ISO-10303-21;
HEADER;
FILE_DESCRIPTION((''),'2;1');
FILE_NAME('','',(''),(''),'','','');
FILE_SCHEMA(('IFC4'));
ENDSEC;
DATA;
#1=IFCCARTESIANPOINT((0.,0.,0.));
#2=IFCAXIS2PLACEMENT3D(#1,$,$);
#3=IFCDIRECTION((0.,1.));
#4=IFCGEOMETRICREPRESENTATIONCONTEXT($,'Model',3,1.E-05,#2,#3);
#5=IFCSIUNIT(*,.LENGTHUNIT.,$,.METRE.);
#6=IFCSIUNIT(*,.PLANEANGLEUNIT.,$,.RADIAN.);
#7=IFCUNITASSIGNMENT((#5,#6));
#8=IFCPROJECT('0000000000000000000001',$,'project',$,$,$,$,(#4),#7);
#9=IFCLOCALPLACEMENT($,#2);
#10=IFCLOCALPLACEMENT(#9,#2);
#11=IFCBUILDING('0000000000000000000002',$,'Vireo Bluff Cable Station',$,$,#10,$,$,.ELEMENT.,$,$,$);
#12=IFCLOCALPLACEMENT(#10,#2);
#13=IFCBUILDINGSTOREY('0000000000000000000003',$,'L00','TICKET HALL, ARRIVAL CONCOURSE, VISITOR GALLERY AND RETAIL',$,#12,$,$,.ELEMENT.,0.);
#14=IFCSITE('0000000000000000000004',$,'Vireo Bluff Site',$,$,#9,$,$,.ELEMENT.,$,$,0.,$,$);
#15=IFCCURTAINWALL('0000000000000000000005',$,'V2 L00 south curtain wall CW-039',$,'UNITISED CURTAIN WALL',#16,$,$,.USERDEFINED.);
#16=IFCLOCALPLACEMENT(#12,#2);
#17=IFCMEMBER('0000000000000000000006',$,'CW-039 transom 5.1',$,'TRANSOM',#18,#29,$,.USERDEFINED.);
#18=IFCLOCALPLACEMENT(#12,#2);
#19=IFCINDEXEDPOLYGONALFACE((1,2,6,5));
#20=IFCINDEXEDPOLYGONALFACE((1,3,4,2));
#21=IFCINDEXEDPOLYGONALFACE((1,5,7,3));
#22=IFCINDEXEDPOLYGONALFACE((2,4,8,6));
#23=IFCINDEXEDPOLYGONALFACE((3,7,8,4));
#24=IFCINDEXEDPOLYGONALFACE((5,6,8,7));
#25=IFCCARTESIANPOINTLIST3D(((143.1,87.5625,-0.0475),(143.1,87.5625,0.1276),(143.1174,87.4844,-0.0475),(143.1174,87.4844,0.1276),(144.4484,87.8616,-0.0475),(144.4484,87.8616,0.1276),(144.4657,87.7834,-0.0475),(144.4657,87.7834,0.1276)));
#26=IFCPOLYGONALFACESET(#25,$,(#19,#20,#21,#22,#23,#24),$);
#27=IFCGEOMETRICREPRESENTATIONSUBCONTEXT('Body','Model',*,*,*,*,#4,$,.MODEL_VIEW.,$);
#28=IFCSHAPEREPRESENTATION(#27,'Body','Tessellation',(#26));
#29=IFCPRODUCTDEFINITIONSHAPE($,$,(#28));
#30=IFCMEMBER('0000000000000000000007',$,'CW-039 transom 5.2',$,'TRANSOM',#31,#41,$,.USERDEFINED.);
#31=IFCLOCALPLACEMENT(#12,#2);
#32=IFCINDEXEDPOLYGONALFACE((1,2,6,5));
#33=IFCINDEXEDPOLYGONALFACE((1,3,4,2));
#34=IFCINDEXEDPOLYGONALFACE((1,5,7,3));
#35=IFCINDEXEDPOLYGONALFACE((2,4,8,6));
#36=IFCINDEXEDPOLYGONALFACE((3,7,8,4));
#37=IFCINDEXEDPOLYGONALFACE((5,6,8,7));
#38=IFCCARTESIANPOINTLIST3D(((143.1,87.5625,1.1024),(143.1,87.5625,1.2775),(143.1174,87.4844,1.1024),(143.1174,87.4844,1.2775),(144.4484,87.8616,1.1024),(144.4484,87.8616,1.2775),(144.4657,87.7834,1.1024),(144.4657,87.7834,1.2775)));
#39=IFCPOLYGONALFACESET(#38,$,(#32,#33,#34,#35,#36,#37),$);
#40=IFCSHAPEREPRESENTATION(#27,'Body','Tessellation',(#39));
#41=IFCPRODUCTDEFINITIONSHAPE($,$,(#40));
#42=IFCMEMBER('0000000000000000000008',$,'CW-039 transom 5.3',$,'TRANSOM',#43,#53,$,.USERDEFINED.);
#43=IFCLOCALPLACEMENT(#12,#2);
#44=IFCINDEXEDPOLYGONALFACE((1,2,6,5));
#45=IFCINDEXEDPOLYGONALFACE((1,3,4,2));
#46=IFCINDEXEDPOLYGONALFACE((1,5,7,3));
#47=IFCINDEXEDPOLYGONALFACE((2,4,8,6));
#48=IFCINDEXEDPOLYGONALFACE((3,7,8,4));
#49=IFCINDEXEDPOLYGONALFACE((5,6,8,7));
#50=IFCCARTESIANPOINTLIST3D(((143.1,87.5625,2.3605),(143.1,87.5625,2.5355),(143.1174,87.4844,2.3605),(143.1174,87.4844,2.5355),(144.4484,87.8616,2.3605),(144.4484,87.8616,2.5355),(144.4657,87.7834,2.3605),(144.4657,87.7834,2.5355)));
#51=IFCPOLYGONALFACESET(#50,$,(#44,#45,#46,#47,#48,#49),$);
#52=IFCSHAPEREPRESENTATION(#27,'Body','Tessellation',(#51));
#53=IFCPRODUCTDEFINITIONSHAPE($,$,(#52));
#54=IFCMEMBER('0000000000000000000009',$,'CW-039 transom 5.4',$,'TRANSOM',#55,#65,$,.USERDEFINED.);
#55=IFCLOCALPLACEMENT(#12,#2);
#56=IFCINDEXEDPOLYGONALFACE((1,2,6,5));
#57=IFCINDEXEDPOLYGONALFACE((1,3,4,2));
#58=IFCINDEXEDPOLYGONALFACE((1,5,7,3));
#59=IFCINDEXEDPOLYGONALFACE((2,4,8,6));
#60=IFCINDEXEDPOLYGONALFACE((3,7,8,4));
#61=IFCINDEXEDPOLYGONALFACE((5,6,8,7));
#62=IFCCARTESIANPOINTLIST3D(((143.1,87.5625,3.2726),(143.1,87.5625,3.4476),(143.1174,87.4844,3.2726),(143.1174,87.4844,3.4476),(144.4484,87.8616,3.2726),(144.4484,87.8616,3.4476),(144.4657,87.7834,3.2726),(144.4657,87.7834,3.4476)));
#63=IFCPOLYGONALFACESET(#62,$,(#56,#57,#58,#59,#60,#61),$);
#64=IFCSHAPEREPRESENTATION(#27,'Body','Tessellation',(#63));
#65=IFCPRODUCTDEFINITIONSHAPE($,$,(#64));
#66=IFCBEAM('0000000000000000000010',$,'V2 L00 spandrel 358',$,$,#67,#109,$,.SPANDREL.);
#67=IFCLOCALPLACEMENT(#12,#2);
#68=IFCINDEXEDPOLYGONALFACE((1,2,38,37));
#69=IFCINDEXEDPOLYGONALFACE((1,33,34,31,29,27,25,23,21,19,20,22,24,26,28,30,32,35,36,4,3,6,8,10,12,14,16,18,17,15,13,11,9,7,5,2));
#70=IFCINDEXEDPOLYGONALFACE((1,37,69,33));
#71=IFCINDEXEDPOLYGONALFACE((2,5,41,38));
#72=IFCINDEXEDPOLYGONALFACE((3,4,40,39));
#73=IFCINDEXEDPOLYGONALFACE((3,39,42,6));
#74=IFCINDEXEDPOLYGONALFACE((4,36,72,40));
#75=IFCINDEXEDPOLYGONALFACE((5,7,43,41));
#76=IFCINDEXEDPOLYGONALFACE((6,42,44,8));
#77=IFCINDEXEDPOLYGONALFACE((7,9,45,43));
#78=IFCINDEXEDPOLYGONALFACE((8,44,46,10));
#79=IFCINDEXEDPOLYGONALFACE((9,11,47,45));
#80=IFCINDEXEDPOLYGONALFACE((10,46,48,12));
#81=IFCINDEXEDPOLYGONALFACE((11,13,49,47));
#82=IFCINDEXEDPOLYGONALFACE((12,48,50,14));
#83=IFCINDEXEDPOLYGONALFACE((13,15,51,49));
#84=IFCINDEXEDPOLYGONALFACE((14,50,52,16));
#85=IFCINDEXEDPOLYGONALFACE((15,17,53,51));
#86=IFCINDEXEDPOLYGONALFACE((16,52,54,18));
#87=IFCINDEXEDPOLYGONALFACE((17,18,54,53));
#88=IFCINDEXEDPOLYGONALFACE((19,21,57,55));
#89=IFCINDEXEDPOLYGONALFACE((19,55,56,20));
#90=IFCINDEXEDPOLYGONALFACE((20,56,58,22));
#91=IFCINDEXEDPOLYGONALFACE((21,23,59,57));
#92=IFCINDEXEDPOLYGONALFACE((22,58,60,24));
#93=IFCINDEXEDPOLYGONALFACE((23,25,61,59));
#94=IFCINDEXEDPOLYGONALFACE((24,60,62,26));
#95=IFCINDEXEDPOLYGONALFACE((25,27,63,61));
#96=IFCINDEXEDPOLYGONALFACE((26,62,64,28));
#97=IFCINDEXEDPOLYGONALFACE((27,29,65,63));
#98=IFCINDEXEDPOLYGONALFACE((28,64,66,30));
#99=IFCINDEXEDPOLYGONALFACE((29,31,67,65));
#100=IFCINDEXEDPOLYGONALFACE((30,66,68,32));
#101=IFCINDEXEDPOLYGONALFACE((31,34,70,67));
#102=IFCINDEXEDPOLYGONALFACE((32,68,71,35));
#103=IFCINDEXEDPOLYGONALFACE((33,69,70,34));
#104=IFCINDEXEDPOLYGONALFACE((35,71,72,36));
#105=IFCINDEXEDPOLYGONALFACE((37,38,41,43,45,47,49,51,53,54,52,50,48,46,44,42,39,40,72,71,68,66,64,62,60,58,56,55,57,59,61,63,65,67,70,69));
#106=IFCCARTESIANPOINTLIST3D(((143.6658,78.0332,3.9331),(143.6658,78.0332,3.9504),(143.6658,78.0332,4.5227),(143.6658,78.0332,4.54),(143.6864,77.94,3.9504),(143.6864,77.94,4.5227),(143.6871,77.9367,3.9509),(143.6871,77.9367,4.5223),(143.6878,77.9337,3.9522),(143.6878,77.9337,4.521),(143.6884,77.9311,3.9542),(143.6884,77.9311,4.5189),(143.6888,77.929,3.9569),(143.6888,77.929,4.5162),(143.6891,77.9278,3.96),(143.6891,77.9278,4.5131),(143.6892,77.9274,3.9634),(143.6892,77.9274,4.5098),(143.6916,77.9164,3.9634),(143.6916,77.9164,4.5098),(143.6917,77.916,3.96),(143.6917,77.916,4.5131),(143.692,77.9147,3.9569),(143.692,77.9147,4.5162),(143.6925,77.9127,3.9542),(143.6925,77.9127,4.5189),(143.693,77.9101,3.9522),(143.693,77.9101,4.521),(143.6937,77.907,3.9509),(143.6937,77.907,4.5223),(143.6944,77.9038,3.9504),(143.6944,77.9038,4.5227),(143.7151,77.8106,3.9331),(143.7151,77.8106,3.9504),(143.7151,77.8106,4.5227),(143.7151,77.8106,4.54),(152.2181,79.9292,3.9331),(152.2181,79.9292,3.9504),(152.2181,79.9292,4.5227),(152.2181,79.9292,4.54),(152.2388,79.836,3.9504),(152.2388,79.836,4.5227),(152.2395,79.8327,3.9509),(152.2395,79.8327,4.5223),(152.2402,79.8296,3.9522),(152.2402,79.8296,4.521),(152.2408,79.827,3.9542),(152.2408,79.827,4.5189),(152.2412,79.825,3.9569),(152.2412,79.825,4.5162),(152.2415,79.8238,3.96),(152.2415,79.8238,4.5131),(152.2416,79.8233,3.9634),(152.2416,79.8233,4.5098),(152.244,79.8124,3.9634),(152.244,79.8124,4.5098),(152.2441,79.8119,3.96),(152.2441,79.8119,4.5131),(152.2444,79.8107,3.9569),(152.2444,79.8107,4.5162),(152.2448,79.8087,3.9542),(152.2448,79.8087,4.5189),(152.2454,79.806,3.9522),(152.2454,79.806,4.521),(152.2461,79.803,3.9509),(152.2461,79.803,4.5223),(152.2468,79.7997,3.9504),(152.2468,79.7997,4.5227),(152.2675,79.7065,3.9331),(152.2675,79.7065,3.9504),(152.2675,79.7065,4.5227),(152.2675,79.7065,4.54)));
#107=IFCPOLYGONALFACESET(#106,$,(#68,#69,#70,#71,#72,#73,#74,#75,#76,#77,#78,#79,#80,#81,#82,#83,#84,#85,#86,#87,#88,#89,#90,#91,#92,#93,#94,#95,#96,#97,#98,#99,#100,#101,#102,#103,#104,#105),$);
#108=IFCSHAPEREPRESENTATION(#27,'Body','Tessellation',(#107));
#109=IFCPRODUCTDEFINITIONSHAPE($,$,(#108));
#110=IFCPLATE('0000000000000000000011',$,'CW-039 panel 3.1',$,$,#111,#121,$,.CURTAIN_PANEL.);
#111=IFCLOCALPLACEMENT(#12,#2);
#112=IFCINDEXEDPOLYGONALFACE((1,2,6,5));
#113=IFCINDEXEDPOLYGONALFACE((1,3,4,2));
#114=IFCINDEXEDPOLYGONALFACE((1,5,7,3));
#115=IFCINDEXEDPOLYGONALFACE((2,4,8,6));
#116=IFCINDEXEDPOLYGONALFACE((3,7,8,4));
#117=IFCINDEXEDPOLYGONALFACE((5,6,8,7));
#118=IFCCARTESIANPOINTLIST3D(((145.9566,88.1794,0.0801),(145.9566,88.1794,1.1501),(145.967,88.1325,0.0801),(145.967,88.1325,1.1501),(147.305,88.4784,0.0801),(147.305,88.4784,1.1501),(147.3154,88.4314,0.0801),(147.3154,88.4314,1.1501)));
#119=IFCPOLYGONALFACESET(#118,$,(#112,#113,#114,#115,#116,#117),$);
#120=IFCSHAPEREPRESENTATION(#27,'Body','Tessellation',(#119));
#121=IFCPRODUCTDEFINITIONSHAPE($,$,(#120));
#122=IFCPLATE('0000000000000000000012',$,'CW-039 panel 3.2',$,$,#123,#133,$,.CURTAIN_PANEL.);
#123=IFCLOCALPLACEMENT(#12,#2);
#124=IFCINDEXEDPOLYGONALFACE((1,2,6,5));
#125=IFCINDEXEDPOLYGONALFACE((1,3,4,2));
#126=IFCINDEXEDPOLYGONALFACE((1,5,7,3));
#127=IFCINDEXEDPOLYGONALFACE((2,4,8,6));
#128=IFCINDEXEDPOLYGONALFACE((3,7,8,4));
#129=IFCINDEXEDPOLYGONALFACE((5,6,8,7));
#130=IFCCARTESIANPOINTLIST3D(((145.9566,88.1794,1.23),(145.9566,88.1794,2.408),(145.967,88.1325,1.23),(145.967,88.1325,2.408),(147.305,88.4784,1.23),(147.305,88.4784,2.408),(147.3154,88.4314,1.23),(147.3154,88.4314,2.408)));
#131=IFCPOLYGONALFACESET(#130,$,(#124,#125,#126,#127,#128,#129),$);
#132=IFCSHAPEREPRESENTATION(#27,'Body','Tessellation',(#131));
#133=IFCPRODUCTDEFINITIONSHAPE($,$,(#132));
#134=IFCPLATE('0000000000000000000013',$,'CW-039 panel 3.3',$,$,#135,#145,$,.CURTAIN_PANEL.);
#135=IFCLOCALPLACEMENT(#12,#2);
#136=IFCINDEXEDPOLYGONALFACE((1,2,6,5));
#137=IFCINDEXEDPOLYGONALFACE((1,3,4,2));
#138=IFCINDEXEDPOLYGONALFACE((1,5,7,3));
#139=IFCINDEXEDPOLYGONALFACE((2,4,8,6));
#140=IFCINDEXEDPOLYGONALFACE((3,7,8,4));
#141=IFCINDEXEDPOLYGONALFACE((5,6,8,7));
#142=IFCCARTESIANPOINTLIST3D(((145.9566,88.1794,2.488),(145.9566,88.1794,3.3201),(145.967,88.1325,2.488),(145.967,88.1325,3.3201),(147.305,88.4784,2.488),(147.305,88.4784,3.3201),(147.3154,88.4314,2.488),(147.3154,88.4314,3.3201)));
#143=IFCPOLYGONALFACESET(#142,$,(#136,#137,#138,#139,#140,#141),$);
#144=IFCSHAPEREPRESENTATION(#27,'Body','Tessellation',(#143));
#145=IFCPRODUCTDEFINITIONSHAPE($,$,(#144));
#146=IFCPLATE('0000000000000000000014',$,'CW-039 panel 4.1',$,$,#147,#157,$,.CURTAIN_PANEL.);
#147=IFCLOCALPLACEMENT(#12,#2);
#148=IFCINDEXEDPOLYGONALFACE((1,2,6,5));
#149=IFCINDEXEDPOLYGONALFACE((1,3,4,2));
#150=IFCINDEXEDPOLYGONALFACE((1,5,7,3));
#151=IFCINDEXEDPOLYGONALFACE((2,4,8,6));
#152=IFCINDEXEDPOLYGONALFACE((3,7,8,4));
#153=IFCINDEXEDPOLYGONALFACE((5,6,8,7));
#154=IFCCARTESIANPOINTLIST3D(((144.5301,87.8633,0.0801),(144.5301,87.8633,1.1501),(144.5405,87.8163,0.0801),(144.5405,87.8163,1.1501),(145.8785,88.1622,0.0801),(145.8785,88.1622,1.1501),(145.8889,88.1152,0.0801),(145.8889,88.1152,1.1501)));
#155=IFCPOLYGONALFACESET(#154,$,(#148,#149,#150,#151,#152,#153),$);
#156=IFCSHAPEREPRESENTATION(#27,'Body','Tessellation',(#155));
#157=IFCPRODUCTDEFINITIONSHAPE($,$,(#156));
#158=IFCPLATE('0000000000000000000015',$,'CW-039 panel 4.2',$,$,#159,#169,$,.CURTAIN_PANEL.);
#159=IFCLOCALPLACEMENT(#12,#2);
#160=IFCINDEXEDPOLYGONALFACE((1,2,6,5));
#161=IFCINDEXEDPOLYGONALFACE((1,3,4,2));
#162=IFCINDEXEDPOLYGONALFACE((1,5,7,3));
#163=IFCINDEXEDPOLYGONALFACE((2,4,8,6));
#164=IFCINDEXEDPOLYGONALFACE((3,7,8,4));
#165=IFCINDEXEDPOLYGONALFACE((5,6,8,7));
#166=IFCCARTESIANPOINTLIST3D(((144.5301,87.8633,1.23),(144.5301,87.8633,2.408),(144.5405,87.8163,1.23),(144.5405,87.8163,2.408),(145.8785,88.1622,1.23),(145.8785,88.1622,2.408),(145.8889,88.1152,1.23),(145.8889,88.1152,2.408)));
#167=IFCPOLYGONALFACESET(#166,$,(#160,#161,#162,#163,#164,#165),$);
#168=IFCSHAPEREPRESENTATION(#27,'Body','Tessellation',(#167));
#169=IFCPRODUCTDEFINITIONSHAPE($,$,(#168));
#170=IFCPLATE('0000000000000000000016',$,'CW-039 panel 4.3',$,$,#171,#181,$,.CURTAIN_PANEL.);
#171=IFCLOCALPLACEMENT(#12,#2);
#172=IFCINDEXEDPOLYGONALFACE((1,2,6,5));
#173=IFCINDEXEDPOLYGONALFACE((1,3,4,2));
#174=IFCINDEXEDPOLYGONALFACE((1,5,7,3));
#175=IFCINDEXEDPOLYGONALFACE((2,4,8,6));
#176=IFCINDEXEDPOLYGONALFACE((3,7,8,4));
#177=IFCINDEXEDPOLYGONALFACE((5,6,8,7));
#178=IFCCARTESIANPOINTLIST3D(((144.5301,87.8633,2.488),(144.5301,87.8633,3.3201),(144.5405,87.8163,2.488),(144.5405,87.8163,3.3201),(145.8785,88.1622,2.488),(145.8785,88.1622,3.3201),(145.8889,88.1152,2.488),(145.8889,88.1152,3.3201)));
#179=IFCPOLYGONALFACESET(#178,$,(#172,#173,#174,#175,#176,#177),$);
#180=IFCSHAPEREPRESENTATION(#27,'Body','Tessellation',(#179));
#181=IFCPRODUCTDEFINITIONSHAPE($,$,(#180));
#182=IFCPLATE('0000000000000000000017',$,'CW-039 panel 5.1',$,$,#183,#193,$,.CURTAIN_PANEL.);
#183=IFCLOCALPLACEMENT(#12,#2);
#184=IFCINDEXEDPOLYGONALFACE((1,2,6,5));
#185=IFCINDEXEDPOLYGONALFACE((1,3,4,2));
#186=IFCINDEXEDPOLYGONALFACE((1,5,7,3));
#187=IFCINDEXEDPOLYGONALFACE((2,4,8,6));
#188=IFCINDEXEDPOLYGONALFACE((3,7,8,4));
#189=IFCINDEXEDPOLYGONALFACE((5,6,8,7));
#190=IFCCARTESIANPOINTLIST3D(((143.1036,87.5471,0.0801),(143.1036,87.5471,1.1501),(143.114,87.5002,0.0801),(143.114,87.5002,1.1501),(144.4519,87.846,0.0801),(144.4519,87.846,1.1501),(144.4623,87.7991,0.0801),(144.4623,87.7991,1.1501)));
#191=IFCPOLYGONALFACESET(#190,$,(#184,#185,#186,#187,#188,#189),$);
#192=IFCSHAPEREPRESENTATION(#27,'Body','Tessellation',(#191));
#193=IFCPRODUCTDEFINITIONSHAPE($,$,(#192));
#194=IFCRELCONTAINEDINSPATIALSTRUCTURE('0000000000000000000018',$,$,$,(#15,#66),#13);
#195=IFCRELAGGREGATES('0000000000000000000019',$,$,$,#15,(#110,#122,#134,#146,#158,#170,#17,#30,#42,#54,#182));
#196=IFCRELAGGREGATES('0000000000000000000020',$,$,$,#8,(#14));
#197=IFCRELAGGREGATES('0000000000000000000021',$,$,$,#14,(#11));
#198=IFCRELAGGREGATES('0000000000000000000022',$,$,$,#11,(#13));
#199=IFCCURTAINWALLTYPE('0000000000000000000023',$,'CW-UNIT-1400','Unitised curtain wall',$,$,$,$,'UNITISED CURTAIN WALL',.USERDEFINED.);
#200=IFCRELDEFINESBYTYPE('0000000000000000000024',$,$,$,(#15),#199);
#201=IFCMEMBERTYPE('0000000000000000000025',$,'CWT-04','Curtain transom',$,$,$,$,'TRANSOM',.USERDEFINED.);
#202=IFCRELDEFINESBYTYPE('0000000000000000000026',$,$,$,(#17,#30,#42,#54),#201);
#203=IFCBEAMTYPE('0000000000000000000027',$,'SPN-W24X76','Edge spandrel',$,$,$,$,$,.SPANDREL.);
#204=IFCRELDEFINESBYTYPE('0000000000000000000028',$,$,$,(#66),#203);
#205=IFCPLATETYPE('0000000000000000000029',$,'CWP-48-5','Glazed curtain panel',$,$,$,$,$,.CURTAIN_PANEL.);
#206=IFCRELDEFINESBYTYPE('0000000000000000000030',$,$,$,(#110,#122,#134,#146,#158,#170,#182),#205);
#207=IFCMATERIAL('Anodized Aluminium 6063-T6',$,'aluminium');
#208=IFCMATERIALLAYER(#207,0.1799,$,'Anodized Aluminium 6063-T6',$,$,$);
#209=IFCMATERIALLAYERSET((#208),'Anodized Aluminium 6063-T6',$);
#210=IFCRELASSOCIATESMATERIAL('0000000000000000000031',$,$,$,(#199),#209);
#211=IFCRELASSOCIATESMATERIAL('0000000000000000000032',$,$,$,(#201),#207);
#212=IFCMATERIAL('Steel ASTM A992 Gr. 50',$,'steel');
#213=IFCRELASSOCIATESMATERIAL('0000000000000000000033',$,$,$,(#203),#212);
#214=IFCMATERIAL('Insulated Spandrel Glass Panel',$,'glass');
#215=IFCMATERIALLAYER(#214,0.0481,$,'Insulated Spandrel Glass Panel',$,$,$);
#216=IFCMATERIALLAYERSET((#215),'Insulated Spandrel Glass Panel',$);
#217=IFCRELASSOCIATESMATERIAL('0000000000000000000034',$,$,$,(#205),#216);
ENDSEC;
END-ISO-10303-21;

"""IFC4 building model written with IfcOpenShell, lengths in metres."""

from ifc_helpers import new_model, si_unit, direction, frame, origin, origin_2d, place, context, subcontext, project, spatial, rectangle, i_section, extrude, material, layer, layer_set, material_profile, profile_set, type_object, element, aggregate, save


model = new_model("IFC4")

# Units and contexts
model_context = context("Model", 3, precision=1e-05, world=origin(), true_north=direction((0.0, 1.0)))
body_context = subcontext(model_context, "Body", "Model", "MODEL_VIEW")
ifc_project = project(units=[si_unit("LENGTHUNIT", "METRE"), si_unit("PLANEANGLEUNIT", "RADIAN")], contexts=[model_context])

# Site, building, storey
site_placement = place(None, origin())
site = spatial("IfcSite", under=ifc_project, at=site_placement, Name="Vireo Bluff Site", CompositionType="ELEMENT", RefElevation=0.0)
building_placement = place(site_placement, origin())
building = spatial("IfcBuilding", under=site, at=building_placement, Name="Vireo Bluff Cable Station", CompositionType="ELEMENT")
storey_placement = place(building_placement, origin())
storey = spatial("IfcBuildingStorey", under=building, at=storey_placement, Name="L00", Description="TICKET HALL, ARRIVAL CONCOURSE, VISITOR GALLERY AND RETAIL", CompositionType="ELEMENT", Elevation=0.0)

# Curtain wall, members
ifc_material_1 = material(Name="Anodized Aluminium 6063-T6", Category="aluminium")
ifc_layer_1 = layer(ifc_material_1, 0.1799, Name="Anodized Aluminium 6063-T6")
ifc_layer_set_1 = layer_set([ifc_layer_1], Name="Anodized Aluminium 6063-T6")
curtain_wall_type = type_object("IfcCurtainWallType", Name="CW-UNIT-1400", Description="Unitised curtain wall", ElementType="UNITISED CURTAIN WALL", PredefinedType="USERDEFINED", material=ifc_layer_set_1)
curtain_wall_placement = place(storey_placement, origin())
curtain_wall = element("IfcCurtainWall", 1, at=curtain_wall_placement, inside=storey, type_object=curtain_wall_type, Name="V2 L00 south curtain wall CW-039", ObjectType="UNITISED CURTAIN WALL", PredefinedType="USERDEFINED")
ifc_material_profile_1 = material_profile(ifc_material_1, rectangle(XDim=0.0801, YDim=0.175, at=origin_2d()), Name="ALU-T-80X175")
ifc_profile_set_1 = profile_set([ifc_material_profile_1], Name="Anodized Aluminium 6063-T6")
member_type_1 = type_object("IfcMemberType", Name="CWT-04", Description="Curtain transom", ElementType="TRANSOM", PredefinedType="USERDEFINED", material=ifc_profile_set_1)
member_1_placement = place(storey_placement, frame((144.457, 87.8225, 0.04), z_axis=(-0.976274, -0.216537, 0.0), x_axis=(0.216537, -0.976274, 0.0)))
member_1 = element("IfcMember", 2, at=member_1_placement, type_object=member_type_1, Name="CW-039 transom 5.1", ObjectType="TRANSOM", PredefinedType="USERDEFINED", context=body_context, shape_type="SweptSolid", body=[
    extrude(rectangle(XDim=0.0801, YDim=0.175, at=origin_2d()), origin(), (0.0, 0.0, 1.0), 1.3811),
])
member_2_placement = place(storey_placement, frame((144.457, 87.8225, 1.1899), z_axis=(-0.976274, -0.216537, 0.0), x_axis=(0.216537, -0.976274, 0.0)))
member_2 = element("IfcMember", 3, at=member_2_placement, type_object=member_type_1, Name="CW-039 transom 5.2", ObjectType="TRANSOM", PredefinedType="USERDEFINED", context=body_context, shape_type="SweptSolid", body=[
    extrude(rectangle(XDim=0.0801, YDim=0.175, at=origin_2d()), origin(), (0.0, 0.0, 1.0), 1.3811),
])
member_3_placement = place(storey_placement, frame((144.457, 87.8225, 2.448), z_axis=(-0.976274, -0.216537, 0.0), x_axis=(0.216537, -0.976274, 0.0)))
member_3 = element("IfcMember", 4, at=member_3_placement, type_object=member_type_1, Name="CW-039 transom 5.3", ObjectType="TRANSOM", PredefinedType="USERDEFINED", context=body_context, shape_type="SweptSolid", body=[
    extrude(rectangle(XDim=0.0801, YDim=0.175, at=origin_2d()), origin(), (0.0, 0.0, 1.0), 1.3811),
])
member_4_placement = place(storey_placement, frame((144.457, 87.8225, 3.3601), z_axis=(-0.976274, -0.216537, 0.0), x_axis=(0.216537, -0.976274, 0.0)))
member_4 = element("IfcMember", 5, at=member_4_placement, type_object=member_type_1, Name="CW-039 transom 5.4", ObjectType="TRANSOM", PredefinedType="USERDEFINED", context=body_context, shape_type="SweptSolid", body=[
    extrude(rectangle(XDim=0.0801, YDim=0.175, at=origin_2d()), origin(), (0.0, 0.0, 1.0), 1.3811),
])

# Beam
ifc_material_2 = material(Name="Steel ASTM A992 Gr. 50", Category="steel")
ifc_material_profile_2 = material_profile(ifc_material_2, i_section(OverallWidth=0.228, OverallDepth=0.6069, WebThickness=0.0112, FlangeThickness=0.0173, FilletRadius=0.0129, at=origin_2d()), Name="W24X76")
ifc_profile_set_2 = profile_set([ifc_material_profile_2], Name="Steel ASTM A992 Gr. 50")
beam_type = type_object("IfcBeamType", Name="SPN-W24X76", Description="Edge spandrel", PredefinedType="SPANDREL", material=ifc_profile_set_2)
beam_placement = place(storey_placement, frame((143.6904, 77.9219, 4.2366), z_axis=(0.976297, 0.216435, 0.0), x_axis=(-0.216435, 0.976297, 0.0)))
element("IfcBeam", 6, at=beam_placement, inside=storey, type_object=beam_type, Name="V2 L00 spandrel 358", PredefinedType="SPANDREL", context=body_context, shape_type="SweptSolid", body=[
    extrude(i_section(OverallWidth=0.228, OverallDepth=0.6069, WebThickness=0.0112, FlangeThickness=0.0173, FilletRadius=0.0129, at=origin_2d()), origin(), (0.0, 0.0, 1.0), 8.76),
])

# Plates
ifc_material_3 = material(Name="Insulated Spandrel Glass Panel", Category="glass")
ifc_layer_2 = layer(ifc_material_3, 0.0481, Name="Insulated Spandrel Glass Panel")
ifc_layer_set_2 = layer_set([ifc_layer_2], Name="Insulated Spandrel Glass Panel")
plate_type = type_object("IfcPlateType", Name="CWP-48-5", Description="Glazed curtain panel", PredefinedType="CURTAIN_PANEL", material=ifc_layer_set_2)
plate_1_placement = place(storey_placement, frame((146.636, 88.3054, 0.0801), z_axis=(0.0, 0.0, 1.0), x_axis=(-0.976296, -0.21644, 0.0)))
plate_1 = element("IfcPlate", 7, at=plate_1_placement, type_object=plate_type, Name="CW-039 panel 3.1", PredefinedType="CURTAIN_PANEL", context=body_context, shape_type="SweptSolid", body=[
    extrude(rectangle(XDim=1.3811, YDim=0.0481, at=origin_2d()), origin(), (0.0, 0.0, 1.0), 1.0701),
])
plate_2_placement = place(storey_placement, frame((146.636, 88.3054, 1.23), z_axis=(0.0, 0.0, 1.0), x_axis=(-0.976296, -0.21644, 0.0)))
plate_2 = element("IfcPlate", 8, at=plate_2_placement, type_object=plate_type, Name="CW-039 panel 3.2", PredefinedType="CURTAIN_PANEL", context=body_context, shape_type="SweptSolid", body=[
    extrude(rectangle(XDim=1.3811, YDim=0.0481, at=origin_2d()), origin(), (0.0, 0.0, 1.0), 1.178),
])
plate_3_placement = place(storey_placement, frame((146.636, 88.3054, 2.488), z_axis=(0.0, 0.0, 1.0), x_axis=(-0.976296, -0.21644, 0.0)))
plate_3 = element("IfcPlate", 9, at=plate_3_placement, type_object=plate_type, Name="CW-039 panel 3.3", PredefinedType="CURTAIN_PANEL", context=body_context, shape_type="SweptSolid", body=[
    extrude(rectangle(XDim=1.3811, YDim=0.0481, at=origin_2d()), origin(), (0.0, 0.0, 1.0), 0.832),
])
plate_4_placement = place(storey_placement, frame((145.2095, 87.9893, 0.0801), z_axis=(0.0, 0.0, 1.0), x_axis=(-0.976296, -0.21644, 0.0)))
plate_4 = element("IfcPlate", 10, at=plate_4_placement, type_object=plate_type, Name="CW-039 panel 4.1", PredefinedType="CURTAIN_PANEL", context=body_context, shape_type="SweptSolid", body=[
    extrude(rectangle(XDim=1.3811, YDim=0.0481, at=origin_2d()), origin(), (0.0, 0.0, 1.0), 1.0701),
])
plate_5_placement = place(storey_placement, frame((145.2095, 87.9893, 1.23), z_axis=(0.0, 0.0, 1.0), x_axis=(-0.976296, -0.21644, 0.0)))
plate_5 = element("IfcPlate", 11, at=plate_5_placement, type_object=plate_type, Name="CW-039 panel 4.2", PredefinedType="CURTAIN_PANEL", context=body_context, shape_type="SweptSolid", body=[
    extrude(rectangle(XDim=1.3811, YDim=0.0481, at=origin_2d()), origin(), (0.0, 0.0, 1.0), 1.178),
])
plate_6_placement = place(storey_placement, frame((145.2095, 87.9893, 2.488), z_axis=(0.0, 0.0, 1.0), x_axis=(-0.976296, -0.21644, 0.0)))
plate_6 = element("IfcPlate", 12, at=plate_6_placement, type_object=plate_type, Name="CW-039 panel 4.3", PredefinedType="CURTAIN_PANEL", context=body_context, shape_type="SweptSolid", body=[
    extrude(rectangle(XDim=1.3811, YDim=0.0481, at=origin_2d()), origin(), (0.0, 0.0, 1.0), 0.832),
])
plate_7_placement = place(storey_placement, frame((143.783, 87.6731, 0.0801), z_axis=(0.0, 0.0, 1.0), x_axis=(-0.976296, -0.21644, 0.0)))
plate_7 = element("IfcPlate", 13, at=plate_7_placement, type_object=plate_type, Name="CW-039 panel 5.1", PredefinedType="CURTAIN_PANEL", context=body_context, shape_type="SweptSolid", body=[
    extrude(rectangle(XDim=1.3811, YDim=0.0481, at=origin_2d()), origin(), (0.0, 0.0, 1.0), 1.0701),
])
aggregate(curtain_wall, [plate_1, plate_2, plate_3, plate_4, plate_5, plate_6, member_1, member_2, member_3, member_4, plate_7])

save(model, "model.ifc")
